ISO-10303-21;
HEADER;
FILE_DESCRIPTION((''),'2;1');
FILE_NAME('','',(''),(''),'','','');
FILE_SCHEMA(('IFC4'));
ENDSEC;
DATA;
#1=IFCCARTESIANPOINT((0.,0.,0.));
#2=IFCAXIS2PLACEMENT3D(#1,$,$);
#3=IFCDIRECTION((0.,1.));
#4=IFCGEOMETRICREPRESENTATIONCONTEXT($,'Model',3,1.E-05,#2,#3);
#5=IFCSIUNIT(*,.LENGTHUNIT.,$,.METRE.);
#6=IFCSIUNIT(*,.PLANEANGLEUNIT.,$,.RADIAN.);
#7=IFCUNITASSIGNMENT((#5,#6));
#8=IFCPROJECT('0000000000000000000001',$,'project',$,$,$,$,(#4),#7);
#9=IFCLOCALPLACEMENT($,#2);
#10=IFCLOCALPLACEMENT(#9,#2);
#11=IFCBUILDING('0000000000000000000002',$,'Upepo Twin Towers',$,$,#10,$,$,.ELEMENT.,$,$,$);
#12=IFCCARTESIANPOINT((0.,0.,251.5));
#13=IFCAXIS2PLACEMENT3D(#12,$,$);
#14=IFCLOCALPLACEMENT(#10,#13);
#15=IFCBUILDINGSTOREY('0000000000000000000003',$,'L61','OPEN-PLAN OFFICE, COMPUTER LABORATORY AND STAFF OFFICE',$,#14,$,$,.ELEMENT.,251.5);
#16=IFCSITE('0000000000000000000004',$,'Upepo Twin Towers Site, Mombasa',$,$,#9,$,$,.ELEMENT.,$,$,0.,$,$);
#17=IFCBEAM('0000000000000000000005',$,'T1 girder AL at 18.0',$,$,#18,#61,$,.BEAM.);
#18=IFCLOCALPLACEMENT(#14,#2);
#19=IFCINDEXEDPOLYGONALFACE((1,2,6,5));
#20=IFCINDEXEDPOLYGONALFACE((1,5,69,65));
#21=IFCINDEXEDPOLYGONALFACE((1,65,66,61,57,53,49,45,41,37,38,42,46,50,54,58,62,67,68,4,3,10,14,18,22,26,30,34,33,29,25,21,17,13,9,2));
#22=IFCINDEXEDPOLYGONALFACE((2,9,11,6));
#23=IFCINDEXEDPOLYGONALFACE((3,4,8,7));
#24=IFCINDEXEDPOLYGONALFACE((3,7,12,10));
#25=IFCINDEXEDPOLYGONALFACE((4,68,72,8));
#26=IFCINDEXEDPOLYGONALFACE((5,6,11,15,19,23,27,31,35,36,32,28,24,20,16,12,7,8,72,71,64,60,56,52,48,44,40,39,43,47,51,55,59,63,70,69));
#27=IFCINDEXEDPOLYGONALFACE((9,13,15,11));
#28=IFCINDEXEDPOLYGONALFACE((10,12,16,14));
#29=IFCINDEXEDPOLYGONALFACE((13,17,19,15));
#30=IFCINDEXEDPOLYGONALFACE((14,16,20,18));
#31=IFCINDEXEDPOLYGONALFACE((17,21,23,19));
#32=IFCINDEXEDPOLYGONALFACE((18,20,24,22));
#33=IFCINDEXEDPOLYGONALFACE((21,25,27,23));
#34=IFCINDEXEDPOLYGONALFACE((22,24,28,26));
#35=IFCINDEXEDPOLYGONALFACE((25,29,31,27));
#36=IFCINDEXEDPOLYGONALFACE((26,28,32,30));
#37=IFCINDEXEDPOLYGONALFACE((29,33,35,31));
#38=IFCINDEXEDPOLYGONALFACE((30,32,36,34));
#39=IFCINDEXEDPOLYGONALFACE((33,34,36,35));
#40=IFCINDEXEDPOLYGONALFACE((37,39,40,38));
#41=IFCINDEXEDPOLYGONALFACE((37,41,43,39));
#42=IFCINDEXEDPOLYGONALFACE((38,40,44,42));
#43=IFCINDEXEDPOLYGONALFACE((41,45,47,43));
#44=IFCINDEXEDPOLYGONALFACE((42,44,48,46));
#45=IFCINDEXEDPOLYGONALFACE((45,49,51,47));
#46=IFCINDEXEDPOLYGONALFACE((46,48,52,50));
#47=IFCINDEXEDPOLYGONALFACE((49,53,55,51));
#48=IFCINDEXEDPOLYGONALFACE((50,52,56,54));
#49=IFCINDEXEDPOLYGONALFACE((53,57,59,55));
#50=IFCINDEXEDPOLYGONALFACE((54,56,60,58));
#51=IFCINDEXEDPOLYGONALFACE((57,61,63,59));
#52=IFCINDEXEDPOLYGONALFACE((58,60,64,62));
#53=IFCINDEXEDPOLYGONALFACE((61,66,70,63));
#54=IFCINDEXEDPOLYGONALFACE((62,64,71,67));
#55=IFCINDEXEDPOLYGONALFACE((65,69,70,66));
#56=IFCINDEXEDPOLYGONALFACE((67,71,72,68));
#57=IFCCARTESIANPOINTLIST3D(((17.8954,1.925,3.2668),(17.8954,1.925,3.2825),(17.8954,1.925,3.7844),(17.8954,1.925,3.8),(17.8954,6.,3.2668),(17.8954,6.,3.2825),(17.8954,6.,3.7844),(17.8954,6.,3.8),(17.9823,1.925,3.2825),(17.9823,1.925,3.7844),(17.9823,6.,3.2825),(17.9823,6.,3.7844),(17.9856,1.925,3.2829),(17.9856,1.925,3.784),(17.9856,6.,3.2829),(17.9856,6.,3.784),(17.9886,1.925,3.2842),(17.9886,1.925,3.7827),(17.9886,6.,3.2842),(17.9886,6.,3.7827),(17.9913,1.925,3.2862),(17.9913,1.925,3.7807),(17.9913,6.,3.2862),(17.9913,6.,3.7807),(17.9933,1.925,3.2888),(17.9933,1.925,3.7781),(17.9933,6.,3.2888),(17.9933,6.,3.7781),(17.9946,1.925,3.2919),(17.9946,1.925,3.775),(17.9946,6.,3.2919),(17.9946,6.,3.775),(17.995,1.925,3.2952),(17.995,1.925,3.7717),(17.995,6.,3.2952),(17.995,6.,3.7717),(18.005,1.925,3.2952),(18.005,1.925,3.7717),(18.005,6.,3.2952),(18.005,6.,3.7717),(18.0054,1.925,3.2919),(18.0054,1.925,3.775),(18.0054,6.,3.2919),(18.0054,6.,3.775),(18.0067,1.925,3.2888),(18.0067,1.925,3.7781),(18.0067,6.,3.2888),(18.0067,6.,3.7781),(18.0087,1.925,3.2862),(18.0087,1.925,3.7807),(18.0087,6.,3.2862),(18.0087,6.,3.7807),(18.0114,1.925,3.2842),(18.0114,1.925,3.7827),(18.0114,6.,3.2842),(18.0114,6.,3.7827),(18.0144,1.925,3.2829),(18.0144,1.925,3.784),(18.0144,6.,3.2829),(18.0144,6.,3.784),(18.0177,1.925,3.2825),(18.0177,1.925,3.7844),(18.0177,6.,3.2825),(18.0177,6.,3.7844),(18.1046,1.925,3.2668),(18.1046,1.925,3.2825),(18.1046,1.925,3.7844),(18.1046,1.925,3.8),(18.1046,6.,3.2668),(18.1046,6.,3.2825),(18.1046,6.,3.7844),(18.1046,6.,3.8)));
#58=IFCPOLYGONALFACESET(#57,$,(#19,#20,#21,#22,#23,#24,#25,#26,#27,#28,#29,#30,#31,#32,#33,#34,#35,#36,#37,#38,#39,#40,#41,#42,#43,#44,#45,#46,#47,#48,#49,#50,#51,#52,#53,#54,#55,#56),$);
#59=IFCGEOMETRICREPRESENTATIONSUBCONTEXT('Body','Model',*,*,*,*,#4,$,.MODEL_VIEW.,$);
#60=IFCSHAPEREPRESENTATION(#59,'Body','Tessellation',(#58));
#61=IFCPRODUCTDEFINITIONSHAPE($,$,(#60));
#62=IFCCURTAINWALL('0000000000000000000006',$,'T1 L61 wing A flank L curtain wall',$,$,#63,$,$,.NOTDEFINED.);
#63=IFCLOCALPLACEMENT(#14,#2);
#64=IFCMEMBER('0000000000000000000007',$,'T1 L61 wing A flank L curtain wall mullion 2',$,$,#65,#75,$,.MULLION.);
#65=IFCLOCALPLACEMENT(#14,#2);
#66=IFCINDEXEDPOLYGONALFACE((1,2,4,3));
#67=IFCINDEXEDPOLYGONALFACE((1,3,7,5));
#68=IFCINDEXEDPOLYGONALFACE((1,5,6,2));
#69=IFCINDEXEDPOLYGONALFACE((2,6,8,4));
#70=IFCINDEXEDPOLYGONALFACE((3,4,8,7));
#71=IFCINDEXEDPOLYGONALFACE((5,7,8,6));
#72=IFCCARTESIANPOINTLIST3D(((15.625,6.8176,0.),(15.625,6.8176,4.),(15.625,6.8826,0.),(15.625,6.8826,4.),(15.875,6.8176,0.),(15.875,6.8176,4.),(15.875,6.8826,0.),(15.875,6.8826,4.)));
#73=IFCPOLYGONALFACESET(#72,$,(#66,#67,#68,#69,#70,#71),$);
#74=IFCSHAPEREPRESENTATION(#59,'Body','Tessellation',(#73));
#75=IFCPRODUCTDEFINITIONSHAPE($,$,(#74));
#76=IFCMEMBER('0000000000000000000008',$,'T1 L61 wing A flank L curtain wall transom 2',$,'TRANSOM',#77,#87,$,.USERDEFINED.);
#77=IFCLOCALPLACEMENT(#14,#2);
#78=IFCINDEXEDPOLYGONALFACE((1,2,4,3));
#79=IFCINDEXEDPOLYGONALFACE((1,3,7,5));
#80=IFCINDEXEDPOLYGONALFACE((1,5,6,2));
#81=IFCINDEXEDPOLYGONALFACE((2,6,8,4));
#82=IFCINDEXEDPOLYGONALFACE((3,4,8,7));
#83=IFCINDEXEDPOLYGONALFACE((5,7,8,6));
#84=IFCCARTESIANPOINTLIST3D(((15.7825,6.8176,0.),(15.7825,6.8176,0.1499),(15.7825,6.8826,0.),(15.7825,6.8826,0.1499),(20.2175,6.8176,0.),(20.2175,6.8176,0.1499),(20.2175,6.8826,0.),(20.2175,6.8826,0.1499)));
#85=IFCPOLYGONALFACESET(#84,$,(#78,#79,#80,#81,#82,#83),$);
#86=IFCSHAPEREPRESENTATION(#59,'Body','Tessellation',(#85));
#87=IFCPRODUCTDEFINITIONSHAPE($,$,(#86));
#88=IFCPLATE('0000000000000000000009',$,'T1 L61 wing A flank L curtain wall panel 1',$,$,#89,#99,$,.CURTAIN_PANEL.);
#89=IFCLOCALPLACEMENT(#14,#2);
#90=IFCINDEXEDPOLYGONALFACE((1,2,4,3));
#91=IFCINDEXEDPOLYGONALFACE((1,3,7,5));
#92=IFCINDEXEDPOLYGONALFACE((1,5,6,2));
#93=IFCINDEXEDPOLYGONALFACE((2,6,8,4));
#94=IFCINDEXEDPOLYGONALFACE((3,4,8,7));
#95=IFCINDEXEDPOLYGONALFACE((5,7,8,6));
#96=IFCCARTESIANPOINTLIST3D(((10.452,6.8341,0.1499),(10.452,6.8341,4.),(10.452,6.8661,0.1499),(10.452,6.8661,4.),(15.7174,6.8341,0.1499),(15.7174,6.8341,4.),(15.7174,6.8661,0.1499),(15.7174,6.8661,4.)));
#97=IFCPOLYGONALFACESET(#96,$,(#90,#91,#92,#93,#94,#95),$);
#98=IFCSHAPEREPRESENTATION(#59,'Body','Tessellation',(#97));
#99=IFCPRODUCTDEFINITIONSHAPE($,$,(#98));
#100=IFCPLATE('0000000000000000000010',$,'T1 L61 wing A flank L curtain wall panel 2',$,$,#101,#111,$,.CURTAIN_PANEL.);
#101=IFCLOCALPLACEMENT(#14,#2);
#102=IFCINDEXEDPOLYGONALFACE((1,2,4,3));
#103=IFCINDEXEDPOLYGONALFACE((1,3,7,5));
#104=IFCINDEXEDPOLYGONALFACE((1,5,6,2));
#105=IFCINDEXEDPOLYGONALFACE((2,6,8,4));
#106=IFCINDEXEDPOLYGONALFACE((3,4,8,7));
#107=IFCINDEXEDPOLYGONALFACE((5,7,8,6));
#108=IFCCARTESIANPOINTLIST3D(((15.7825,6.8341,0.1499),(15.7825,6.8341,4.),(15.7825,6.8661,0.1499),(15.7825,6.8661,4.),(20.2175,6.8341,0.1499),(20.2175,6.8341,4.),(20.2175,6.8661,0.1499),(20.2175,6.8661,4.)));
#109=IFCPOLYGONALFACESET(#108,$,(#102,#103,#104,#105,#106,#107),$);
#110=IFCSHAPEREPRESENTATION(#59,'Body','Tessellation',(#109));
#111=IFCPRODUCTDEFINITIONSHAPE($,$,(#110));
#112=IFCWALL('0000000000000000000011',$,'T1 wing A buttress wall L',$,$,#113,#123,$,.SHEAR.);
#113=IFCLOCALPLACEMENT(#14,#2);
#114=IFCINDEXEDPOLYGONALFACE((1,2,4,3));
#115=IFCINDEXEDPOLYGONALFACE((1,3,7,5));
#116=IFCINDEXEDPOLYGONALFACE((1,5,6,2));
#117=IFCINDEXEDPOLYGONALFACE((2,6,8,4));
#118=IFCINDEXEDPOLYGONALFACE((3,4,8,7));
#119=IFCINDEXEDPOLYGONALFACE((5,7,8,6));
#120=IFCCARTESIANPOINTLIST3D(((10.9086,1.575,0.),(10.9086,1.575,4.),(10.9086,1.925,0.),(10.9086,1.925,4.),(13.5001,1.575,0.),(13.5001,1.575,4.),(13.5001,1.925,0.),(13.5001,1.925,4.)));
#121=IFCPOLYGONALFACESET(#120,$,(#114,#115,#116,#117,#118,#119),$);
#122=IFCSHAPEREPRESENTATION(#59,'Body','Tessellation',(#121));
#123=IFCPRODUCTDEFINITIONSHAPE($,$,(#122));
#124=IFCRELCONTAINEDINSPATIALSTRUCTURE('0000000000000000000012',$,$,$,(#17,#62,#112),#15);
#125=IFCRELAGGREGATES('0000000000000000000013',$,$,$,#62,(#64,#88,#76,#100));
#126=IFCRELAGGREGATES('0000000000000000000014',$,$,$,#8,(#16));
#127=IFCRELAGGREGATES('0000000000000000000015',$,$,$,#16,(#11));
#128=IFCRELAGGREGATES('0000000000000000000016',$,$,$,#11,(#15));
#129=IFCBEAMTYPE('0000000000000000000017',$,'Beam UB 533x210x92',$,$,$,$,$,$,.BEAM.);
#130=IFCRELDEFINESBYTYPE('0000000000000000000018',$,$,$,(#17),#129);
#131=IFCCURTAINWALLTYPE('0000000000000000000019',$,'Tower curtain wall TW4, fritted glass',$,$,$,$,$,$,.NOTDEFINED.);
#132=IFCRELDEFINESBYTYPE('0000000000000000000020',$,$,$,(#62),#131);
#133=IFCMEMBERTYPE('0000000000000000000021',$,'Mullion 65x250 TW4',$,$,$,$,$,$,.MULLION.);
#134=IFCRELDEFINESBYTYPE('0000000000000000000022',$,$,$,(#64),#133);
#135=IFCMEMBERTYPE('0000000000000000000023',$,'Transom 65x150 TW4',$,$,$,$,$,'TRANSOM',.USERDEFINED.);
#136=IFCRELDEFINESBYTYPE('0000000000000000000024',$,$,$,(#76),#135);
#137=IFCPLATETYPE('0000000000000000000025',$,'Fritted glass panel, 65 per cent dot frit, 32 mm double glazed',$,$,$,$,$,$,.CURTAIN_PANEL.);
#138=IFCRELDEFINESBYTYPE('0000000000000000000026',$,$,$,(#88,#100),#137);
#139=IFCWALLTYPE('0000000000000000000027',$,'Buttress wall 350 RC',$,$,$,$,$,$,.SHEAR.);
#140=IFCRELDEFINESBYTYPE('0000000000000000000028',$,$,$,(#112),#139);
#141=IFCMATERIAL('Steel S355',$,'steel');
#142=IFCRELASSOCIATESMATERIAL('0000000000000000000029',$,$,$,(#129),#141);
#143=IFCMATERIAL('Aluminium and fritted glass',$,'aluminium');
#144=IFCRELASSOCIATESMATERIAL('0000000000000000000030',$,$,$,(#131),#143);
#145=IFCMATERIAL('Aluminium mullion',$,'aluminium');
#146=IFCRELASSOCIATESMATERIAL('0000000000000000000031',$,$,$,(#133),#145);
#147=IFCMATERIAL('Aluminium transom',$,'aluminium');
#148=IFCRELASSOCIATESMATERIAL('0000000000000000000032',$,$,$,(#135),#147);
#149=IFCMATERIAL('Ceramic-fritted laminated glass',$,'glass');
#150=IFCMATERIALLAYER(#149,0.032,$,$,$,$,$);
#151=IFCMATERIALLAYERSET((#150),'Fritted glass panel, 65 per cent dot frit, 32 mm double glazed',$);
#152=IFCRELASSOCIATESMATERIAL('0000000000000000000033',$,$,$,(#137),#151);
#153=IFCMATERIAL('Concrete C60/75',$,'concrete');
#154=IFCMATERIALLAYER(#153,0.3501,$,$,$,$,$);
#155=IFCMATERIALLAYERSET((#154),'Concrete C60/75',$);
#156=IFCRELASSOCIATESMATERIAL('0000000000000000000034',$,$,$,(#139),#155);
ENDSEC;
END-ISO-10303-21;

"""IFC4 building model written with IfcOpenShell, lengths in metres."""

from ifc_helpers import new_model, si_unit, direction, frame, frame_2d, origin, origin_2d, place, context, subcontext, project, spatial, rectangle, i_section, extrude, material, layer, layer_set, material_profile, profile_set, type_object, element, aggregate, save


model = new_model("IFC4")

# Units and contexts
model_context = context("Model", 3, precision=1e-05, world=origin(), true_north=direction((0.0, 1.0)))
body_context = subcontext(model_context, "Body", "Model", "MODEL_VIEW")
ifc_project = project(units=[si_unit("LENGTHUNIT", "METRE"), si_unit("PLANEANGLEUNIT", "RADIAN")], contexts=[model_context])

# Site, building, storey
site_placement = place(None, origin())
site = spatial("IfcSite", under=ifc_project, at=site_placement, Name="Upepo Twin Towers Site, Mombasa", CompositionType="ELEMENT", RefElevation=0.0)
building_placement = place(site_placement, origin())
building = spatial("IfcBuilding", under=site, at=building_placement, Name="Upepo Twin Towers", CompositionType="ELEMENT")
storey_placement = place(building_placement, frame((0.0, 0.0, 251.5)))
storey = spatial("IfcBuildingStorey", under=building, at=storey_placement, Name="L61", Description="OPEN-PLAN OFFICE, COMPUTER LABORATORY AND STAFF OFFICE", CompositionType="ELEMENT", Elevation=251.5)

# Beam
ifc_material_1 = material(Name="Steel S355", Category="steel")
ifc_material_profile_1 = material_profile(ifc_material_1, i_section(OverallWidth=0.2092, OverallDepth=0.5332, WebThickness=0.01, FlangeThickness=0.0156, FilletRadius=0.0127, at=origin_2d()), Name="UB 533x210x92")
ifc_profile_set_1 = profile_set([ifc_material_profile_1], Name="Steel S355")
beam_type_1 = type_object("IfcBeamType", Name="Beam UB 533x210x92", PredefinedType="BEAM", material=ifc_profile_set_1)
for number, where, z_axis, x_axis, name in (
    (1, (18.0, 6.0, 3.5334), (0.0, -1.0, 0.0), (1.0, 0.0, 0.0), "T1 girder AL at 18.0"),
):
    element("IfcBeam", number, at=place(storey_placement, frame(where, z_axis=z_axis, x_axis=x_axis)), inside=storey, type_object=beam_type_1, Name=name, PredefinedType="BEAM", context=body_context, shape_type="SweptSolid", body=[
        extrude(i_section(OverallWidth=0.2092, OverallDepth=0.5332, WebThickness=0.01, FlangeThickness=0.0156, FilletRadius=0.0127, at=origin_2d()), origin(), (0.0, 0.0, 1.0), 4.075),
    ])

# Curtain wall, members, plates
ifc_material_2 = material(Name="Aluminium and fritted glass", Category="aluminium")
curtain_wall_type = type_object("IfcCurtainWallType", Name="Tower curtain wall TW4, fritted glass", PredefinedType="NOTDEFINED", material=ifc_material_2)
curtain_wall_placement = place(storey_placement, origin())
curtain_wall = element("IfcCurtainWall", 2, at=curtain_wall_placement, inside=storey, type_object=curtain_wall_type, Name="T1 L61 wing A flank L curtain wall", PredefinedType="NOTDEFINED")
ifc_material_3 = material(Name="Aluminium mullion", Category="aluminium")
ifc_material_profile_2 = material_profile(ifc_material_3, rectangle(XDim=0.0649, YDim=0.25, at=origin_2d()), Name="MULLION 65x250")
ifc_profile_set_2 = profile_set([ifc_material_profile_2], Name="Aluminium mullion")
member_type_1 = type_object("IfcMemberType", Name="Mullion 65x250 TW4", PredefinedType="MULLION", material=ifc_profile_set_2)
member_1_placement = place(storey_placement, frame((15.75, 6.8501, 0.0), z_axis=(0.0, 0.0, 1.0), x_axis=(0.0, 1.0, 0.0)))
member_1 = element("IfcMember", 3, at=member_1_placement, type_object=member_type_1, Name="T1 L61 wing A flank L curtain wall mullion 2", PredefinedType="MULLION", context=body_context, shape_type="SweptSolid", body=[
    extrude(rectangle(XDim=0.0649, YDim=0.25, at=origin_2d()), origin(), (0.0, 0.0, 1.0), 4.0),
])
ifc_material_4 = material(Name="Aluminium transom", Category="aluminium")
ifc_material_profile_3 = material_profile(ifc_material_4, rectangle(XDim=0.0649, YDim=0.1499, at=origin_2d()), Name="TRANSOM 65x150")
ifc_profile_set_3 = profile_set([ifc_material_profile_3], Name="Aluminium transom")
member_type_2 = type_object("IfcMemberType", Name="Transom 65x150 TW4", ElementType="TRANSOM", PredefinedType="USERDEFINED", material=ifc_profile_set_3)
member_2_placement = place(storey_placement, frame((15.7825, 6.8501, 0.075), z_axis=(1.0, 0.0, 0.0), x_axis=(0.0, 1.0, 0.0)))
member_2 = element("IfcMember", 4, at=member_2_placement, type_object=member_type_2, Name="T1 L61 wing A flank L curtain wall transom 2", ObjectType="TRANSOM", PredefinedType="USERDEFINED", context=body_context, shape_type="SweptSolid", body=[
    extrude(rectangle(XDim=0.0649, YDim=0.1499, at=origin_2d()), origin(), (0.0, 0.0, 1.0), 4.4351),
])
ifc_material_5 = material(Name="Ceramic-fritted laminated glass", Category="glass")
ifc_layer_1 = layer(ifc_material_5, 0.032)
ifc_layer_set_1 = layer_set([ifc_layer_1], Name="Fritted glass panel, 65 per cent dot frit, 32 mm double glazed")
plate_type = type_object("IfcPlateType", Name="Fritted glass panel, 65 per cent dot frit, 32 mm double glazed", PredefinedType="CURTAIN_PANEL", material=ifc_layer_set_1)
plate_1_placement = place(storey_placement, frame((13.0847, 6.8501, 0.1499), z_axis=(0.0, 0.0, 1.0), x_axis=(1.0, 0.0, 0.0)))
plate_1 = element("IfcPlate", 5, at=plate_1_placement, type_object=plate_type, Name="T1 L61 wing A flank L curtain wall panel 1", PredefinedType="CURTAIN_PANEL", context=body_context, shape_type="SweptSolid", body=[
    extrude(rectangle(XDim=5.2654, YDim=0.032, at=origin_2d()), origin(), (0.0, 0.0, 1.0), 3.8501),
])
plate_2_placement = place(storey_placement, frame((18.0, 6.8501, 0.1499), z_axis=(0.0, 0.0, 1.0), x_axis=(1.0, 0.0, 0.0)))
plate_2 = element("IfcPlate", 6, at=plate_2_placement, type_object=plate_type, Name="T1 L61 wing A flank L curtain wall panel 2", PredefinedType="CURTAIN_PANEL", context=body_context, shape_type="SweptSolid", body=[
    extrude(rectangle(XDim=4.4351, YDim=0.032, at=origin_2d()), origin(), (0.0, 0.0, 1.0), 3.8501),
])
aggregate(curtain_wall, [member_1, plate_1, member_2, plate_2])

# Wall
ifc_material_6 = material(Name="Concrete C60/75", Category="concrete")
ifc_layer_2 = layer(ifc_material_6, 0.3501)
ifc_layer_set_2 = layer_set([ifc_layer_2], Name="Concrete C60/75")
wall_type_1 = type_object("IfcWallType", Name="Buttress wall 350 RC", PredefinedType="SHEAR", material=ifc_layer_set_2)
wall_1_placement = place(storey_placement, frame((10.9084, 1.75, 0.0), z_axis=(0.0, 0.0, 1.0), x_axis=(1.0, 0.0, 0.0)))
element("IfcWall", 7, at=wall_1_placement, inside=storey, type_object=wall_type_1, Name="T1 wing A buttress wall L", PredefinedType="SHEAR", context=body_context, shape_type="SweptSolid", body=[
    extrude(rectangle(XDim=2.5916, YDim=0.3501, at=frame_2d((1.2959, 0.0))), origin(), (0.0, 0.0, 1.0), 4.0),
])

save(model, "model.ifc")
